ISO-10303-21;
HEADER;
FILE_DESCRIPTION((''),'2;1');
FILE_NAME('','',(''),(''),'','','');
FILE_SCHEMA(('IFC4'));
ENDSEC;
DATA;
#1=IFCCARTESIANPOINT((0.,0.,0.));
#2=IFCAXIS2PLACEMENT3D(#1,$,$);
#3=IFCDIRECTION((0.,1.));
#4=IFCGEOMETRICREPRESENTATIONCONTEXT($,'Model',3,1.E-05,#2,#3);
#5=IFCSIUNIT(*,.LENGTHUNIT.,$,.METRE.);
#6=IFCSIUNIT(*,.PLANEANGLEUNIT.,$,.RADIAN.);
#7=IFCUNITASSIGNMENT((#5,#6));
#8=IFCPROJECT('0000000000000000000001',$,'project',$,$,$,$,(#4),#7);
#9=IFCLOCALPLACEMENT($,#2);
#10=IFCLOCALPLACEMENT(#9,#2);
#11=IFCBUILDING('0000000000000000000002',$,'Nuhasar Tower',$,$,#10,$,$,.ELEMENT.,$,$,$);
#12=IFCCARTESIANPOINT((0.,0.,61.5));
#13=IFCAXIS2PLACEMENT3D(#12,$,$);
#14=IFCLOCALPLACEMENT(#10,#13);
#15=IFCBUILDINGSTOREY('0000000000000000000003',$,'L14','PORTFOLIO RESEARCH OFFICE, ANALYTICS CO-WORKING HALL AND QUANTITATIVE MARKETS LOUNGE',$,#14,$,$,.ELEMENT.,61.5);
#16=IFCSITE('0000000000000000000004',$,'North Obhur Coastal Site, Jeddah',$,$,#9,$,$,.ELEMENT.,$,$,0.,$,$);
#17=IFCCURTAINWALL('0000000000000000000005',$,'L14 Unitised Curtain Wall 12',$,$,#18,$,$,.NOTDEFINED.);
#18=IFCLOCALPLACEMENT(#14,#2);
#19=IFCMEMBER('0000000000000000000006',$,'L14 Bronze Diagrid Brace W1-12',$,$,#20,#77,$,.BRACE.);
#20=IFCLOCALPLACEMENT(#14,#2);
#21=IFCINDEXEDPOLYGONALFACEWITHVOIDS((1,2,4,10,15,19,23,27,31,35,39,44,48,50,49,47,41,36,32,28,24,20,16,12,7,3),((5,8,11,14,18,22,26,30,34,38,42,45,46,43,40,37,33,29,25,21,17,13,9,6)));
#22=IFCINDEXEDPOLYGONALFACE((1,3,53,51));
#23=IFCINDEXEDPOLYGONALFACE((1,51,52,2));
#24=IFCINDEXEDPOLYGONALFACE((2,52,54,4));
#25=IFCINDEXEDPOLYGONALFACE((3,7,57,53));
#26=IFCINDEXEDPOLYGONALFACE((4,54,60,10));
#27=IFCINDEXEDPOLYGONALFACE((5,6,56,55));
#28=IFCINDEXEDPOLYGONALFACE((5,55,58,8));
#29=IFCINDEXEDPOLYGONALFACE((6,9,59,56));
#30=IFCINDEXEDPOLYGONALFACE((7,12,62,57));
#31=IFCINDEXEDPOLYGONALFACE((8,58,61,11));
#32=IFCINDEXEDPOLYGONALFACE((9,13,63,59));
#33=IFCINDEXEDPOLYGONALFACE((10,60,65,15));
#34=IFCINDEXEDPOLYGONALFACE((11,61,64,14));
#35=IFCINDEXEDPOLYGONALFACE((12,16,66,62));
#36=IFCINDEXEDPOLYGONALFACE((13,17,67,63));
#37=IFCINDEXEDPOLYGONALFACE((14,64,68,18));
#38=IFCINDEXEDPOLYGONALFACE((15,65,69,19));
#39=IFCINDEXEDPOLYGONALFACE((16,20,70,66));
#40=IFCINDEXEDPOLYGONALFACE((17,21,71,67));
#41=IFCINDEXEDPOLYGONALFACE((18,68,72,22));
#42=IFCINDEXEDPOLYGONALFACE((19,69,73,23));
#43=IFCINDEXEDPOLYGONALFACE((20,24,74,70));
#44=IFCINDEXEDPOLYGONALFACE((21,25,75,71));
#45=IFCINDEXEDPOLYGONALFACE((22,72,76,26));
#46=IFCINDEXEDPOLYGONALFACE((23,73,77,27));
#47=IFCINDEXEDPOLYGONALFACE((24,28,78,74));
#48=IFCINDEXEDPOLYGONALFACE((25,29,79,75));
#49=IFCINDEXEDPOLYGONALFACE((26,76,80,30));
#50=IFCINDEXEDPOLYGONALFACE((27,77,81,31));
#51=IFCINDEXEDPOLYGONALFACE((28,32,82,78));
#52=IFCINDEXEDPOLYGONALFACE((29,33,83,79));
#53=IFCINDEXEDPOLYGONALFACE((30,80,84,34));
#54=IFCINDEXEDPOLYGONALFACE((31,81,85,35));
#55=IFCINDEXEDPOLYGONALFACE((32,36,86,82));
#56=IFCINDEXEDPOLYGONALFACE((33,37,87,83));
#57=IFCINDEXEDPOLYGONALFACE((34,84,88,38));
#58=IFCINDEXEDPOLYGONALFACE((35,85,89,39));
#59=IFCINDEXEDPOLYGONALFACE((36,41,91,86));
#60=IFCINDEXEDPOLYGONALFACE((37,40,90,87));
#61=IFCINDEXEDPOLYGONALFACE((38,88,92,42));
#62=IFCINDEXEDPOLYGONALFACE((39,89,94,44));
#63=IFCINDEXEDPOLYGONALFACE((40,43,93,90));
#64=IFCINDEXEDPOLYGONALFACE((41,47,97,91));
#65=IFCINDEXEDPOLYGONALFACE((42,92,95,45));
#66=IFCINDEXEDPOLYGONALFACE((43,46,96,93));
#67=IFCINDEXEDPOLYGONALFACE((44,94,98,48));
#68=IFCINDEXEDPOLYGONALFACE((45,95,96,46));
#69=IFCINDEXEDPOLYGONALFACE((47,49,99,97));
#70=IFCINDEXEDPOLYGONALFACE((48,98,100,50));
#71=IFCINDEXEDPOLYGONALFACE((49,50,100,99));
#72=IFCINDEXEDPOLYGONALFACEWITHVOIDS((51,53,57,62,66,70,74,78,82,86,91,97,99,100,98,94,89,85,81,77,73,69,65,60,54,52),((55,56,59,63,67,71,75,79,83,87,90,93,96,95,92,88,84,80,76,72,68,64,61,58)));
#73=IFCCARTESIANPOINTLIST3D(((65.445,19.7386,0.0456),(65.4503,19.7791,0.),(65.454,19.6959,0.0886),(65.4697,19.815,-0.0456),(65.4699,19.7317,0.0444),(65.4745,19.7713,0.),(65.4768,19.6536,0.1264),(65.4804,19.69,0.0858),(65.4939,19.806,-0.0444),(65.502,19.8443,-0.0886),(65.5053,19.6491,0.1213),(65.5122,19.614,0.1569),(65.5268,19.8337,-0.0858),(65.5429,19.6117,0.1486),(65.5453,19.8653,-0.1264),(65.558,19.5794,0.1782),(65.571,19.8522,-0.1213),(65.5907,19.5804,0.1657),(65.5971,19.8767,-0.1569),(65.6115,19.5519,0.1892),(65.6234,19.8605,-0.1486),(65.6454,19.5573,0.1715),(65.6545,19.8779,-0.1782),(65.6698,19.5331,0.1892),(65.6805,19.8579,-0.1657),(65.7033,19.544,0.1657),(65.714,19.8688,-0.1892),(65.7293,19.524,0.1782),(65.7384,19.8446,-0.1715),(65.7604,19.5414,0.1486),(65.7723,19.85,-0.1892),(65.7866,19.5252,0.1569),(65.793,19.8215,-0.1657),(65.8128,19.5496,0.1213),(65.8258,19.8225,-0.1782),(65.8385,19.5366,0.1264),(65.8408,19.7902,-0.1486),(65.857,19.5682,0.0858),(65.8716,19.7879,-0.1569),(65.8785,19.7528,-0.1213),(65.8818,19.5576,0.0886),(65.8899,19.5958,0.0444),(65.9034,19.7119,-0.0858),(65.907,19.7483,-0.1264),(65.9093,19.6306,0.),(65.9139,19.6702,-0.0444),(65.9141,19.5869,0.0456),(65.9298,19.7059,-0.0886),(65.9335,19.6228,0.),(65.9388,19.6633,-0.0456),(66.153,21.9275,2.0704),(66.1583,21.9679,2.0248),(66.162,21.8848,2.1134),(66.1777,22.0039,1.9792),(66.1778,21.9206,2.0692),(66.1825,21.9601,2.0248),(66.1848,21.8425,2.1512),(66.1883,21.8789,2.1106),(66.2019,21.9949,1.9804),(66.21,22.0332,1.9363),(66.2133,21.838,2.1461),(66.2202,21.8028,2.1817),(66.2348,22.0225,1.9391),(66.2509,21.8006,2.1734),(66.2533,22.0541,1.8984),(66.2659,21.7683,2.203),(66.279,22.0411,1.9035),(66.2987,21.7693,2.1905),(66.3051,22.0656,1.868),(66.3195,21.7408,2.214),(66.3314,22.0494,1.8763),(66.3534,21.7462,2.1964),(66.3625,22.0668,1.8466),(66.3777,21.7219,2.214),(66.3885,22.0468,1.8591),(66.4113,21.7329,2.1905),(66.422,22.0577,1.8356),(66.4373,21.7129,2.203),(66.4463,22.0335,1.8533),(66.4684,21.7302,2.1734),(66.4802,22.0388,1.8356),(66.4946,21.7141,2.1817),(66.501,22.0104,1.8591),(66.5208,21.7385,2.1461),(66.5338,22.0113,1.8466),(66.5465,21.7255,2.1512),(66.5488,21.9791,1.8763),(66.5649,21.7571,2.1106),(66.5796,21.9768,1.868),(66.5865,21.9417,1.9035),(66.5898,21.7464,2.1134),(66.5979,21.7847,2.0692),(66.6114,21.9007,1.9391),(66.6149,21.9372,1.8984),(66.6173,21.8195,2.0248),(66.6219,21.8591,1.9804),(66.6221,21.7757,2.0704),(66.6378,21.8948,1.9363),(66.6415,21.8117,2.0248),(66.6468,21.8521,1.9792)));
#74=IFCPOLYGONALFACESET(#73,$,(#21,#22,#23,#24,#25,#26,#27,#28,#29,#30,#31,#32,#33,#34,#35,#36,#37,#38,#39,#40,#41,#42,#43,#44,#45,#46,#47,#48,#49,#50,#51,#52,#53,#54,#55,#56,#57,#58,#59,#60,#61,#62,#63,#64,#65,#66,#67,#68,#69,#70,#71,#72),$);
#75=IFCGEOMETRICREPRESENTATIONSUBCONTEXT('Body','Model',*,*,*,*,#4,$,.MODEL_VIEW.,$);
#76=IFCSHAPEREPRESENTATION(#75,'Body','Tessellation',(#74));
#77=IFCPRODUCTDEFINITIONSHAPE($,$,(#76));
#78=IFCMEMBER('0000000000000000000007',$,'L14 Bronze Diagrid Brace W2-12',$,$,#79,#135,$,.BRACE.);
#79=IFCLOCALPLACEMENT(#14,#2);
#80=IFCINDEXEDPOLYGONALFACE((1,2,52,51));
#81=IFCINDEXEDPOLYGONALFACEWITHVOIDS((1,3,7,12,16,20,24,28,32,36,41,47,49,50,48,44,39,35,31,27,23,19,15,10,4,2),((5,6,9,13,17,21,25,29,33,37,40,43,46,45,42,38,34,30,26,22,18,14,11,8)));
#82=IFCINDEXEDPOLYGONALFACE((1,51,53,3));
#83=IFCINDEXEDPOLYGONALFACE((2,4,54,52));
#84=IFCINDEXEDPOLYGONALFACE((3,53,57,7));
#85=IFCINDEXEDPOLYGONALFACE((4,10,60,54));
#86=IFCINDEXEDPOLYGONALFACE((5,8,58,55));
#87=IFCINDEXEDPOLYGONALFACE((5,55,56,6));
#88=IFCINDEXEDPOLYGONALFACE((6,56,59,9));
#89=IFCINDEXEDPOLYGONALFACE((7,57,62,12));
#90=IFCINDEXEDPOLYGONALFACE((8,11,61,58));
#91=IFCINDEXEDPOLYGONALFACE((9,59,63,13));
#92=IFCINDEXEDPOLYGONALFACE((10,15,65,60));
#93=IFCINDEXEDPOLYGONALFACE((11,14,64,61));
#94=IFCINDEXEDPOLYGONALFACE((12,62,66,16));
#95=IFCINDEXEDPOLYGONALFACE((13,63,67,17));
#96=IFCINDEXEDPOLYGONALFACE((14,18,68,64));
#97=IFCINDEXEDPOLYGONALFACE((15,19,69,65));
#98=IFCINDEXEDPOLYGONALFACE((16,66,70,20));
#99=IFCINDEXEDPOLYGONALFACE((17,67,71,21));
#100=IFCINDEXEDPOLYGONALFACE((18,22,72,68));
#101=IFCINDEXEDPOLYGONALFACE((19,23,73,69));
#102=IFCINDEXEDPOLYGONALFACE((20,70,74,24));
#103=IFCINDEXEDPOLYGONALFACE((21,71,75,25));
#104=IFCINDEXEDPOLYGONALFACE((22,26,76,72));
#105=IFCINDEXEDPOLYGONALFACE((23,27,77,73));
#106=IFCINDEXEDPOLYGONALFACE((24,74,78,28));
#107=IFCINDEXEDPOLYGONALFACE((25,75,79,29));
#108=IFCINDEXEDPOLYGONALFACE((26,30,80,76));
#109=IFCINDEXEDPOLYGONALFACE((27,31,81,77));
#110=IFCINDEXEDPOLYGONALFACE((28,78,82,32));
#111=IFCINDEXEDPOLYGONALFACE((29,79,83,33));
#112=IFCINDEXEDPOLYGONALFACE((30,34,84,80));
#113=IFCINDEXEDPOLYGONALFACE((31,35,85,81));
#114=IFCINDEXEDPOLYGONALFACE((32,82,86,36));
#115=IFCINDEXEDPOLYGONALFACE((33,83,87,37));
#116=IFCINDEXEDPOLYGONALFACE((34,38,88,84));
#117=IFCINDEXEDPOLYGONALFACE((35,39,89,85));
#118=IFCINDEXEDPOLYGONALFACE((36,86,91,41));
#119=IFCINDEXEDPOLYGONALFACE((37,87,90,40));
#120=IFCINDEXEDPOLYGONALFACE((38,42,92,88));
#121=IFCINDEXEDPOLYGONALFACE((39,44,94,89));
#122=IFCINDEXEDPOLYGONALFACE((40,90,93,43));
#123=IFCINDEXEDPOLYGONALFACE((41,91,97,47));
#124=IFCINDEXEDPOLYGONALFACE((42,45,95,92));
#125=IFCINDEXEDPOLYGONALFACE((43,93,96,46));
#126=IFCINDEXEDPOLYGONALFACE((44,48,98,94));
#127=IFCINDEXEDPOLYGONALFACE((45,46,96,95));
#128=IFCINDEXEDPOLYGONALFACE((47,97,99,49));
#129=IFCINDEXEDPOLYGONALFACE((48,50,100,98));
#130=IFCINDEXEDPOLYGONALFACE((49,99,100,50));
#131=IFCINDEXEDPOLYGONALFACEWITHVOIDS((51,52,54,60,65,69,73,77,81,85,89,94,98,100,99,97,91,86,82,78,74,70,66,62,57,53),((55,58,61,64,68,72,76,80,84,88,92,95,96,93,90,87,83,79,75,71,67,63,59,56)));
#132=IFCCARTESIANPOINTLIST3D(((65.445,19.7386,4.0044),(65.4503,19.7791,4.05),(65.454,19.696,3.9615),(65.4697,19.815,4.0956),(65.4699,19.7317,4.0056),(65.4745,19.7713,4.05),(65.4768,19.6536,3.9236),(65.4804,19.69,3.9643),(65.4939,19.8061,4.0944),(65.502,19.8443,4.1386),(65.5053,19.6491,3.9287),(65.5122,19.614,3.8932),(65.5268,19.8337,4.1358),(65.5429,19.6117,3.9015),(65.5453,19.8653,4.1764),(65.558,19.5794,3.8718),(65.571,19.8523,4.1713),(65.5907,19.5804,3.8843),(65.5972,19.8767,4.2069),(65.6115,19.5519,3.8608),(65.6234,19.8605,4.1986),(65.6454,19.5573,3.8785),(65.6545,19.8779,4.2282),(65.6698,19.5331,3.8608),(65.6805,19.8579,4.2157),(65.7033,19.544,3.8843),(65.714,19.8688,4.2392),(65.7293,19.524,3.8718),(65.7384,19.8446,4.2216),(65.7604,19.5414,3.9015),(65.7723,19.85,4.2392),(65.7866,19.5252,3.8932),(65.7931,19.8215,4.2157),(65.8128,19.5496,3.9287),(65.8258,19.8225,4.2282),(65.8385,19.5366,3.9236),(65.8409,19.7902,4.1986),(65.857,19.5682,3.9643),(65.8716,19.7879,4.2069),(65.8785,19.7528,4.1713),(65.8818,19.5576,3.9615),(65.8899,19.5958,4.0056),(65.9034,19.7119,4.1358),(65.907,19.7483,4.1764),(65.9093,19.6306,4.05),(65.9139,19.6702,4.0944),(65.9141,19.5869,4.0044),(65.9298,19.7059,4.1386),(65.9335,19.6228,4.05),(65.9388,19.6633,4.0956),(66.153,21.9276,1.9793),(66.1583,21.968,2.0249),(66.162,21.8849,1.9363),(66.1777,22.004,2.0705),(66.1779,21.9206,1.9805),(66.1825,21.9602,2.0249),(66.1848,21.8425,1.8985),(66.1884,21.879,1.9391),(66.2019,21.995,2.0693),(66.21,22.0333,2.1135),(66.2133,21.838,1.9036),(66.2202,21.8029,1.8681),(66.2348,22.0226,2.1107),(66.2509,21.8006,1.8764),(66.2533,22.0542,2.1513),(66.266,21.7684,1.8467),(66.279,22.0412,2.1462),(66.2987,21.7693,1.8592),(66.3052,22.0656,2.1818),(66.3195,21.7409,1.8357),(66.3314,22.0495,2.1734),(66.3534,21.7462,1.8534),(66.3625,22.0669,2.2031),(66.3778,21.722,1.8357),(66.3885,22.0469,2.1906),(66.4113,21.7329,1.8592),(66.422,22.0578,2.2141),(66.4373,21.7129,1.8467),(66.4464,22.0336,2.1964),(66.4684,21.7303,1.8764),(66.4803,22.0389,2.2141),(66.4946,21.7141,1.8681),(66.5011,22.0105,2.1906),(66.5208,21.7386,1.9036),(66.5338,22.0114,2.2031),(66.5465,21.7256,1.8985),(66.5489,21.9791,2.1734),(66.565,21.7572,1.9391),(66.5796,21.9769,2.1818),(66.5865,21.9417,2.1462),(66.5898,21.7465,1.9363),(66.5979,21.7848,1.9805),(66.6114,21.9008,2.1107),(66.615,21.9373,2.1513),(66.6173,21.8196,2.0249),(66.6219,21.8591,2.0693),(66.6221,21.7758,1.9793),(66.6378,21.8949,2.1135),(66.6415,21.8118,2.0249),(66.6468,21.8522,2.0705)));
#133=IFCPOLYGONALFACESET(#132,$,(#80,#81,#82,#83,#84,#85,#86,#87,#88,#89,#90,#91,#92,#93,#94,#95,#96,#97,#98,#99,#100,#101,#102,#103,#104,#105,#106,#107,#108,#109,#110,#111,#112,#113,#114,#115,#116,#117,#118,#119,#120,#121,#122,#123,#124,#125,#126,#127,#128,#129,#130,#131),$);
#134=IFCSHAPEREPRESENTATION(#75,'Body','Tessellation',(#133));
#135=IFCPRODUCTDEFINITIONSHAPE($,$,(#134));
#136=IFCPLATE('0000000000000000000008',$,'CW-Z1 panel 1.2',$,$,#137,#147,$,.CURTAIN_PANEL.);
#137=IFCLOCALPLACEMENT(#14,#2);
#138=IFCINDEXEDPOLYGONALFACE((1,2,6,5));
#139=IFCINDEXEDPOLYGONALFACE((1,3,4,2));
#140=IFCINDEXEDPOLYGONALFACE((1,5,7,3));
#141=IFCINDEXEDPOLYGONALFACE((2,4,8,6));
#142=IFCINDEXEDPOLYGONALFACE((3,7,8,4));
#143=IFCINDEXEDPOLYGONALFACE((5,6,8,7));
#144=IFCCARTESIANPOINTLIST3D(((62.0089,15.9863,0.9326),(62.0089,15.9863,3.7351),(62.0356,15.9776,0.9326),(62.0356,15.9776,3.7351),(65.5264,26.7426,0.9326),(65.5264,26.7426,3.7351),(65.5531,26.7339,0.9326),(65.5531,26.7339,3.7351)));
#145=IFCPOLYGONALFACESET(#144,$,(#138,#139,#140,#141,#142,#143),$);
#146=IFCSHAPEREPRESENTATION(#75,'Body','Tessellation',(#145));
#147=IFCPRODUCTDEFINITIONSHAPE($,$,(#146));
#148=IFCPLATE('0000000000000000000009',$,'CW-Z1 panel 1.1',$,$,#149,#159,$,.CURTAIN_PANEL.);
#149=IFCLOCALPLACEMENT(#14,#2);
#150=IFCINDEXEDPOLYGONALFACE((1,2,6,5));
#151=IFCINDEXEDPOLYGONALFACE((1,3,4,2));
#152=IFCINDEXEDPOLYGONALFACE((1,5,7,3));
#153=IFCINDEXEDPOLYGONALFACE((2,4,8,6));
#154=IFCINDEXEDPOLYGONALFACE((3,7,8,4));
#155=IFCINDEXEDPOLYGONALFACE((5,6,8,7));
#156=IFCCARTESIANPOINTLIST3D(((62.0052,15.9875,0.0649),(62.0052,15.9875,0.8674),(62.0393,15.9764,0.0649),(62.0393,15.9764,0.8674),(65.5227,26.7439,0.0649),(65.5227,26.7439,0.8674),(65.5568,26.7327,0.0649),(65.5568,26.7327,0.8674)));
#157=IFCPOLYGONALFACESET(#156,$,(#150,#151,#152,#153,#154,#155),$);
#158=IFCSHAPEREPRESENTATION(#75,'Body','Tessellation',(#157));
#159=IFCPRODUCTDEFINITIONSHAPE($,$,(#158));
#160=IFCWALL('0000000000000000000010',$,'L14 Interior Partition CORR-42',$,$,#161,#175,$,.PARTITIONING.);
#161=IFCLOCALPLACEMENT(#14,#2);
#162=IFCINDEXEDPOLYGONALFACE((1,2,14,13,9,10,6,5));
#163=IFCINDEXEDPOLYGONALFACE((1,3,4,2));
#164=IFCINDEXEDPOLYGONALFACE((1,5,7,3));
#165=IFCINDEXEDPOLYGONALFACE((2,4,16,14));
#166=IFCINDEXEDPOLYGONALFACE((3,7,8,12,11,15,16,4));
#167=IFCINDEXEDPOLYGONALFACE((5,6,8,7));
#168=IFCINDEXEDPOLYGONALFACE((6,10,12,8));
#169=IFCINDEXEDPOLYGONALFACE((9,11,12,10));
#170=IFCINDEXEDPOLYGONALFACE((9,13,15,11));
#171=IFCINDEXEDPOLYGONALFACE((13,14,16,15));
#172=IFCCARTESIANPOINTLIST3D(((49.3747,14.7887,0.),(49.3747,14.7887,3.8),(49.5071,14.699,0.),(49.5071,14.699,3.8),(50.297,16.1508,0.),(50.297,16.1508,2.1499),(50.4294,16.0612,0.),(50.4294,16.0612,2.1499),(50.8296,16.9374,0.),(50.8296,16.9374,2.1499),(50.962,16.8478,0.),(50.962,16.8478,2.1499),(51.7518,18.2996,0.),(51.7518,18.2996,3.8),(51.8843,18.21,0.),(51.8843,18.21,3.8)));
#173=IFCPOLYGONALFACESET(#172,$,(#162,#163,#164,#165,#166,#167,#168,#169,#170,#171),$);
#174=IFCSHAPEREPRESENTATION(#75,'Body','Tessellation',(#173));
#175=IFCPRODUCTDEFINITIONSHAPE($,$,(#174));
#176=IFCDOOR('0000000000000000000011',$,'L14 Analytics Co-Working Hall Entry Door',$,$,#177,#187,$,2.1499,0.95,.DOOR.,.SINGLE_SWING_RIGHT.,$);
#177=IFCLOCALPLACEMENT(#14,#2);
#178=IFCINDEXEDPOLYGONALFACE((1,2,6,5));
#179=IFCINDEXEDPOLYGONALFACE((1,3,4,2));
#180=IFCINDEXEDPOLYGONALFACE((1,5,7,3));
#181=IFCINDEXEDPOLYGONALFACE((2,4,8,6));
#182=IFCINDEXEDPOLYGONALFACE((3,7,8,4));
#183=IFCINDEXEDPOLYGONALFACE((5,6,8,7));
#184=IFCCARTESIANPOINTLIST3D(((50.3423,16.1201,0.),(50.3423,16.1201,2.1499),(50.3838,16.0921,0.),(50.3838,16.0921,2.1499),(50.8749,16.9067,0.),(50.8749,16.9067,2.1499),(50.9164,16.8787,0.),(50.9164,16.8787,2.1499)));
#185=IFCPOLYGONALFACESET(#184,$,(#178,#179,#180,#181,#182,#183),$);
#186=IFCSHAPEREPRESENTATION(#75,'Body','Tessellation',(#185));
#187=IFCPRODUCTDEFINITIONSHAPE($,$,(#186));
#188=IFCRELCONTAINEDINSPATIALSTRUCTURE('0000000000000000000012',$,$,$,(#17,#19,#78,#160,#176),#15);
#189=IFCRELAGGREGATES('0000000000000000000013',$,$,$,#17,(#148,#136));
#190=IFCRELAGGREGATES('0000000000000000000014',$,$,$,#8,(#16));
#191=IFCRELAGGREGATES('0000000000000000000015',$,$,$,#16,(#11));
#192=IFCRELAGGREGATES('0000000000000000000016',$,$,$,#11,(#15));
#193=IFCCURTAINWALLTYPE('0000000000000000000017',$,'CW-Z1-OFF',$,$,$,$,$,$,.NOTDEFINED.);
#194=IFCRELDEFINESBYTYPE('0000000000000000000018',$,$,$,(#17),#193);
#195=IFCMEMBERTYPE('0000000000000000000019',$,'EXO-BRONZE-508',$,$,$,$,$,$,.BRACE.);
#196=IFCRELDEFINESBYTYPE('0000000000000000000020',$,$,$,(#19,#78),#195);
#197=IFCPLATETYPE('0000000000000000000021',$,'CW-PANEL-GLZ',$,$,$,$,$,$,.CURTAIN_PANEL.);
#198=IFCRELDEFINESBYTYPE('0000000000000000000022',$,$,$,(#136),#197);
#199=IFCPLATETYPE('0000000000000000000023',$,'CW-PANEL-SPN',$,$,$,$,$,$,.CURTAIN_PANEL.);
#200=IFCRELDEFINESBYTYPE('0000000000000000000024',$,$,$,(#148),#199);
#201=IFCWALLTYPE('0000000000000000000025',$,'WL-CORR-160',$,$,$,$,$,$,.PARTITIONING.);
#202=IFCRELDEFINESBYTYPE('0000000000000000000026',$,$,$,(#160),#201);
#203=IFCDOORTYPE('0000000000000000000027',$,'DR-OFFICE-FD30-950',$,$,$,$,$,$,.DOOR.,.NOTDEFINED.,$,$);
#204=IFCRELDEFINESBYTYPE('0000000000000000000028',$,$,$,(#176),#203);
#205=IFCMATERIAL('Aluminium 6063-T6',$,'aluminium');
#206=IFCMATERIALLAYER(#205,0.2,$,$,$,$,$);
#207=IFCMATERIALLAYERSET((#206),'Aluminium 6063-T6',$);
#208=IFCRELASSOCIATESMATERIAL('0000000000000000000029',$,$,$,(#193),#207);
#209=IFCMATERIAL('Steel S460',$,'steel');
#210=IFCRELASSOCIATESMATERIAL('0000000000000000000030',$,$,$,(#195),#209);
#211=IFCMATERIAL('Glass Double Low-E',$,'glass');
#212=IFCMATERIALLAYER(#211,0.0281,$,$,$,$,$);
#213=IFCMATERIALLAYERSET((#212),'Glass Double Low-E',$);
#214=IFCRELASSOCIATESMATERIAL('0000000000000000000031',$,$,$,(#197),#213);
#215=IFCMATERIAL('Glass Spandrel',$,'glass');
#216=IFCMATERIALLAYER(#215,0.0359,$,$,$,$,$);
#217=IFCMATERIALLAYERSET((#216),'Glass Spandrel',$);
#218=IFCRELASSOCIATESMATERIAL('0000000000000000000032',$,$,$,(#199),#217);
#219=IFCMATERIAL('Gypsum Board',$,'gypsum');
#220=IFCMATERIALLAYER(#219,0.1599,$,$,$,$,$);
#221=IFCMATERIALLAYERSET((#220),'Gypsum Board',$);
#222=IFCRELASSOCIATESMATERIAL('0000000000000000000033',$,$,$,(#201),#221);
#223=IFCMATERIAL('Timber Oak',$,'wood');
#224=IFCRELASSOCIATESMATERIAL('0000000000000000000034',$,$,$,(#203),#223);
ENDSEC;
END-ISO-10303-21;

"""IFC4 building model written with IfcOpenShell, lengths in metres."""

from ifc_helpers import new_model, si_unit, direction, frame, frame_2d, origin, origin_2d, place, context, subcontext, project, spatial, rectangle, hollow_circle, extrude, material, layer, layer_set, material_profile, profile_set, type_object, element, fill, aggregate, save


model = new_model("IFC4")

# Units and contexts
model_context = context("Model", 3, precision=1e-05, world=origin(), true_north=direction((0.0, 1.0)))
body_context = subcontext(model_context, "Body", "Model", "MODEL_VIEW")
ifc_project = project(units=[si_unit("LENGTHUNIT", "METRE"), si_unit("PLANEANGLEUNIT", "RADIAN")], contexts=[model_context])

# Site, building, storey
site_placement = place(None, origin())
site = spatial("IfcSite", under=ifc_project, at=site_placement, Name="North Obhur Coastal Site, Jeddah", CompositionType="ELEMENT", RefElevation=0.0)
building_placement = place(site_placement, origin())
building = spatial("IfcBuilding", under=site, at=building_placement, Name="Nuhasar Tower", CompositionType="ELEMENT")
storey_placement = place(building_placement, frame((0.0, 0.0, 61.5)))
storey = spatial("IfcBuildingStorey", under=building, at=storey_placement, Name="L14", Description="PORTFOLIO RESEARCH OFFICE, ANALYTICS CO-WORKING HALL AND QUANTITATIVE MARKETS LOUNGE", CompositionType="ELEMENT", Elevation=61.5)

# Curtain wall
ifc_material_1 = material(Name="Aluminium 6063-T6", Category="aluminium")
ifc_layer_1 = layer(ifc_material_1, 0.2)
ifc_layer_set_1 = layer_set([ifc_layer_1], Name="Aluminium 6063-T6")
curtain_wall_type = type_object("IfcCurtainWallType", Name="CW-Z1-OFF", PredefinedType="NOTDEFINED", material=ifc_layer_set_1)
curtain_wall_placement = place(storey_placement, origin())
curtain_wall = element("IfcCurtainWall", 1, at=curtain_wall_placement, inside=storey, type_object=curtain_wall_type, Name="L14 Unitised Curtain Wall 12", PredefinedType="NOTDEFINED")

# Members
ifc_material_2 = material(Name="Steel S460", Category="steel")
ifc_material_profile_1 = material_profile(ifc_material_2, hollow_circle(Radius=0.2539, WallThickness=0.0254, at=origin_2d()), Name="HSS508X25.4")
ifc_profile_set_1 = profile_set([ifc_material_profile_1], Name="Steel S460")
member_type_1 = type_object("IfcMemberType", Name="EXO-BRONZE-508", PredefinedType="BRACE", material=ifc_profile_set_1)
member_1_placement = place(storey_placement, frame((65.6919, 19.7009, 0.0), z_axis=(0.231012, 0.714225, 0.660694), x_axis=(-0.951468, 0.307747, 0.0)))
element("IfcMember", 2, at=member_1_placement, inside=storey, type_object=member_type_1, Name="L14 Bronze Diagrid Brace W1-12", PredefinedType="BRACE", context=body_context, shape_type="SweptSolid", body=[
    extrude(hollow_circle(Radius=0.2539, WallThickness=0.0254, at=origin_2d()), origin(), (0.0, 0.0, 1.0), 3.0647),
])
member_2_placement = place(storey_placement, frame((66.3999, 21.8899, 2.0249), z_axis=(-0.231, -0.714187, 0.660739), x_axis=(0.951468, -0.307747, 0.0)))
element("IfcMember", 3, at=member_2_placement, inside=storey, type_object=member_type_1, Name="L14 Bronze Diagrid Brace W2-12", PredefinedType="BRACE", context=body_context, shape_type="SweptSolid", body=[
    extrude(hollow_circle(Radius=0.2539, WallThickness=0.0254, at=origin_2d()), origin(), (0.0, 0.0, 1.0), 3.0649),
])

# Plates
ifc_material_3 = material(Name="Glass Double Low-E", Category="glass")
ifc_layer_2 = layer(ifc_material_3, 0.0281)
ifc_layer_set_2 = layer_set([ifc_layer_2], Name="Glass Double Low-E")
plate_type_1 = type_object("IfcPlateType", Name="CW-PANEL-GLZ", PredefinedType="CURTAIN_PANEL", material=ifc_layer_set_2)
plate_1_placement = place(storey_placement, frame((63.781, 21.3601, 0.9326), z_axis=(0.0, 0.0, 1.0), x_axis=(0.310824, 0.950468, 0.0)))
plate_1 = element("IfcPlate", 4, at=plate_1_placement, type_object=plate_type_1, Name="CW-Z1 panel 1.2", PredefinedType="CURTAIN_PANEL", context=body_context, shape_type="SweptSolid", body=[
    extrude(rectangle(XDim=11.3169, YDim=0.0281, at=origin_2d()), origin(), (0.0, 0.0, 1.0), 2.8025),
])
ifc_material_4 = material(Name="Glass Spandrel", Category="glass")
ifc_layer_3 = layer(ifc_material_4, 0.0359)
ifc_layer_set_3 = layer_set([ifc_layer_3], Name="Glass Spandrel")
plate_type_2 = type_object("IfcPlateType", Name="CW-PANEL-SPN", PredefinedType="CURTAIN_PANEL", material=ifc_layer_set_3)
plate_2_placement = place(storey_placement, frame((63.781, 21.3601, 0.0649), z_axis=(0.0, 0.0, 1.0), x_axis=(0.310824, 0.950468, 0.0)))
plate_2 = element("IfcPlate", 5, at=plate_2_placement, type_object=plate_type_2, Name="CW-Z1 panel 1.1", PredefinedType="CURTAIN_PANEL", context=body_context, shape_type="SweptSolid", body=[
    extrude(rectangle(XDim=11.3169, YDim=0.0359, at=origin_2d()), origin(), (0.0, 0.0, 1.0), 0.8025),
])
aggregate(curtain_wall, [plate_2, plate_1])

# Wall, opening, door
ifc_material_5 = material(Name="Gypsum Board", Category="gypsum")
ifc_layer_4 = layer(ifc_material_5, 0.1599)
ifc_layer_set_4 = layer_set([ifc_layer_4], Name="Gypsum Board")
wall_type_1 = type_object("IfcWallType", Name="WL-CORR-160", PredefinedType="PARTITIONING", material=ifc_layer_set_4)
wall_1_placement = place(storey_placement, frame((51.8181, 18.2549, 0.0), z_axis=(0.0, 0.0, 1.0), x_axis=(-0.560652, -0.828051, 0.0)))
wall_1 = element("IfcWall", 6, at=wall_1_placement, inside=storey, type_object=wall_type_1, Name="L14 Interior Partition CORR-42", PredefinedType="PARTITIONING", context=body_context, shape_type="SweptSolid", body=[
    extrude(rectangle(XDim=4.24, YDim=0.1599, at=frame_2d((2.1201, 0.0))), origin(), (0.0, 0.0, 1.0), 3.8),
])
opening_1_placement = place(wall_1_placement, frame((1.645, 0.0, 0.0)))
opening_1 = element("IfcOpeningElement", 7, at=opening_1_placement, cuts=wall_1, PredefinedType="OPENING", context=body_context, shape_type="SweptSolid", body=[
    extrude(rectangle(XDim=0.95, YDim=2.1499, at=frame_2d((0.4751, 1.075))), frame((0.0, 0.0898, 0.0), z_axis=(0.0, -1.0, 0.0), x_axis=(1.0, 0.0, 0.0)), (0.0, 0.0, 1.0), 0.1799),
])
ifc_material_6 = material(Name="Timber Oak", Category="wood")
door_type_1 = type_object("IfcDoorType", Name="DR-OFFICE-FD30-950", OperationType="NOTDEFINED", PredefinedType="DOOR", material=ifc_material_6)
door_1_placement = place(opening_1_placement, origin())
door_1 = element("IfcDoor", 8, at=door_1_placement, inside=storey, type_object=door_type_1, Name="L14 Analytics Co-Working Hall Entry Door", OperationType="SINGLE_SWING_RIGHT", OverallHeight=2.1499, OverallWidth=0.95, PredefinedType="DOOR", context=body_context, shape_type="SweptSolid", body=[
    extrude(rectangle(XDim=0.95, YDim=2.1499, at=frame_2d((0.4751, 1.075))), frame((0.0, 0.0249, 0.0), z_axis=(0.0, -1.0, 0.0), x_axis=(1.0, 0.0, 0.0)), (0.0, 0.0, 1.0), 0.05),
])
fill(opening_1, door_1)

save(model, "model.ifc")
